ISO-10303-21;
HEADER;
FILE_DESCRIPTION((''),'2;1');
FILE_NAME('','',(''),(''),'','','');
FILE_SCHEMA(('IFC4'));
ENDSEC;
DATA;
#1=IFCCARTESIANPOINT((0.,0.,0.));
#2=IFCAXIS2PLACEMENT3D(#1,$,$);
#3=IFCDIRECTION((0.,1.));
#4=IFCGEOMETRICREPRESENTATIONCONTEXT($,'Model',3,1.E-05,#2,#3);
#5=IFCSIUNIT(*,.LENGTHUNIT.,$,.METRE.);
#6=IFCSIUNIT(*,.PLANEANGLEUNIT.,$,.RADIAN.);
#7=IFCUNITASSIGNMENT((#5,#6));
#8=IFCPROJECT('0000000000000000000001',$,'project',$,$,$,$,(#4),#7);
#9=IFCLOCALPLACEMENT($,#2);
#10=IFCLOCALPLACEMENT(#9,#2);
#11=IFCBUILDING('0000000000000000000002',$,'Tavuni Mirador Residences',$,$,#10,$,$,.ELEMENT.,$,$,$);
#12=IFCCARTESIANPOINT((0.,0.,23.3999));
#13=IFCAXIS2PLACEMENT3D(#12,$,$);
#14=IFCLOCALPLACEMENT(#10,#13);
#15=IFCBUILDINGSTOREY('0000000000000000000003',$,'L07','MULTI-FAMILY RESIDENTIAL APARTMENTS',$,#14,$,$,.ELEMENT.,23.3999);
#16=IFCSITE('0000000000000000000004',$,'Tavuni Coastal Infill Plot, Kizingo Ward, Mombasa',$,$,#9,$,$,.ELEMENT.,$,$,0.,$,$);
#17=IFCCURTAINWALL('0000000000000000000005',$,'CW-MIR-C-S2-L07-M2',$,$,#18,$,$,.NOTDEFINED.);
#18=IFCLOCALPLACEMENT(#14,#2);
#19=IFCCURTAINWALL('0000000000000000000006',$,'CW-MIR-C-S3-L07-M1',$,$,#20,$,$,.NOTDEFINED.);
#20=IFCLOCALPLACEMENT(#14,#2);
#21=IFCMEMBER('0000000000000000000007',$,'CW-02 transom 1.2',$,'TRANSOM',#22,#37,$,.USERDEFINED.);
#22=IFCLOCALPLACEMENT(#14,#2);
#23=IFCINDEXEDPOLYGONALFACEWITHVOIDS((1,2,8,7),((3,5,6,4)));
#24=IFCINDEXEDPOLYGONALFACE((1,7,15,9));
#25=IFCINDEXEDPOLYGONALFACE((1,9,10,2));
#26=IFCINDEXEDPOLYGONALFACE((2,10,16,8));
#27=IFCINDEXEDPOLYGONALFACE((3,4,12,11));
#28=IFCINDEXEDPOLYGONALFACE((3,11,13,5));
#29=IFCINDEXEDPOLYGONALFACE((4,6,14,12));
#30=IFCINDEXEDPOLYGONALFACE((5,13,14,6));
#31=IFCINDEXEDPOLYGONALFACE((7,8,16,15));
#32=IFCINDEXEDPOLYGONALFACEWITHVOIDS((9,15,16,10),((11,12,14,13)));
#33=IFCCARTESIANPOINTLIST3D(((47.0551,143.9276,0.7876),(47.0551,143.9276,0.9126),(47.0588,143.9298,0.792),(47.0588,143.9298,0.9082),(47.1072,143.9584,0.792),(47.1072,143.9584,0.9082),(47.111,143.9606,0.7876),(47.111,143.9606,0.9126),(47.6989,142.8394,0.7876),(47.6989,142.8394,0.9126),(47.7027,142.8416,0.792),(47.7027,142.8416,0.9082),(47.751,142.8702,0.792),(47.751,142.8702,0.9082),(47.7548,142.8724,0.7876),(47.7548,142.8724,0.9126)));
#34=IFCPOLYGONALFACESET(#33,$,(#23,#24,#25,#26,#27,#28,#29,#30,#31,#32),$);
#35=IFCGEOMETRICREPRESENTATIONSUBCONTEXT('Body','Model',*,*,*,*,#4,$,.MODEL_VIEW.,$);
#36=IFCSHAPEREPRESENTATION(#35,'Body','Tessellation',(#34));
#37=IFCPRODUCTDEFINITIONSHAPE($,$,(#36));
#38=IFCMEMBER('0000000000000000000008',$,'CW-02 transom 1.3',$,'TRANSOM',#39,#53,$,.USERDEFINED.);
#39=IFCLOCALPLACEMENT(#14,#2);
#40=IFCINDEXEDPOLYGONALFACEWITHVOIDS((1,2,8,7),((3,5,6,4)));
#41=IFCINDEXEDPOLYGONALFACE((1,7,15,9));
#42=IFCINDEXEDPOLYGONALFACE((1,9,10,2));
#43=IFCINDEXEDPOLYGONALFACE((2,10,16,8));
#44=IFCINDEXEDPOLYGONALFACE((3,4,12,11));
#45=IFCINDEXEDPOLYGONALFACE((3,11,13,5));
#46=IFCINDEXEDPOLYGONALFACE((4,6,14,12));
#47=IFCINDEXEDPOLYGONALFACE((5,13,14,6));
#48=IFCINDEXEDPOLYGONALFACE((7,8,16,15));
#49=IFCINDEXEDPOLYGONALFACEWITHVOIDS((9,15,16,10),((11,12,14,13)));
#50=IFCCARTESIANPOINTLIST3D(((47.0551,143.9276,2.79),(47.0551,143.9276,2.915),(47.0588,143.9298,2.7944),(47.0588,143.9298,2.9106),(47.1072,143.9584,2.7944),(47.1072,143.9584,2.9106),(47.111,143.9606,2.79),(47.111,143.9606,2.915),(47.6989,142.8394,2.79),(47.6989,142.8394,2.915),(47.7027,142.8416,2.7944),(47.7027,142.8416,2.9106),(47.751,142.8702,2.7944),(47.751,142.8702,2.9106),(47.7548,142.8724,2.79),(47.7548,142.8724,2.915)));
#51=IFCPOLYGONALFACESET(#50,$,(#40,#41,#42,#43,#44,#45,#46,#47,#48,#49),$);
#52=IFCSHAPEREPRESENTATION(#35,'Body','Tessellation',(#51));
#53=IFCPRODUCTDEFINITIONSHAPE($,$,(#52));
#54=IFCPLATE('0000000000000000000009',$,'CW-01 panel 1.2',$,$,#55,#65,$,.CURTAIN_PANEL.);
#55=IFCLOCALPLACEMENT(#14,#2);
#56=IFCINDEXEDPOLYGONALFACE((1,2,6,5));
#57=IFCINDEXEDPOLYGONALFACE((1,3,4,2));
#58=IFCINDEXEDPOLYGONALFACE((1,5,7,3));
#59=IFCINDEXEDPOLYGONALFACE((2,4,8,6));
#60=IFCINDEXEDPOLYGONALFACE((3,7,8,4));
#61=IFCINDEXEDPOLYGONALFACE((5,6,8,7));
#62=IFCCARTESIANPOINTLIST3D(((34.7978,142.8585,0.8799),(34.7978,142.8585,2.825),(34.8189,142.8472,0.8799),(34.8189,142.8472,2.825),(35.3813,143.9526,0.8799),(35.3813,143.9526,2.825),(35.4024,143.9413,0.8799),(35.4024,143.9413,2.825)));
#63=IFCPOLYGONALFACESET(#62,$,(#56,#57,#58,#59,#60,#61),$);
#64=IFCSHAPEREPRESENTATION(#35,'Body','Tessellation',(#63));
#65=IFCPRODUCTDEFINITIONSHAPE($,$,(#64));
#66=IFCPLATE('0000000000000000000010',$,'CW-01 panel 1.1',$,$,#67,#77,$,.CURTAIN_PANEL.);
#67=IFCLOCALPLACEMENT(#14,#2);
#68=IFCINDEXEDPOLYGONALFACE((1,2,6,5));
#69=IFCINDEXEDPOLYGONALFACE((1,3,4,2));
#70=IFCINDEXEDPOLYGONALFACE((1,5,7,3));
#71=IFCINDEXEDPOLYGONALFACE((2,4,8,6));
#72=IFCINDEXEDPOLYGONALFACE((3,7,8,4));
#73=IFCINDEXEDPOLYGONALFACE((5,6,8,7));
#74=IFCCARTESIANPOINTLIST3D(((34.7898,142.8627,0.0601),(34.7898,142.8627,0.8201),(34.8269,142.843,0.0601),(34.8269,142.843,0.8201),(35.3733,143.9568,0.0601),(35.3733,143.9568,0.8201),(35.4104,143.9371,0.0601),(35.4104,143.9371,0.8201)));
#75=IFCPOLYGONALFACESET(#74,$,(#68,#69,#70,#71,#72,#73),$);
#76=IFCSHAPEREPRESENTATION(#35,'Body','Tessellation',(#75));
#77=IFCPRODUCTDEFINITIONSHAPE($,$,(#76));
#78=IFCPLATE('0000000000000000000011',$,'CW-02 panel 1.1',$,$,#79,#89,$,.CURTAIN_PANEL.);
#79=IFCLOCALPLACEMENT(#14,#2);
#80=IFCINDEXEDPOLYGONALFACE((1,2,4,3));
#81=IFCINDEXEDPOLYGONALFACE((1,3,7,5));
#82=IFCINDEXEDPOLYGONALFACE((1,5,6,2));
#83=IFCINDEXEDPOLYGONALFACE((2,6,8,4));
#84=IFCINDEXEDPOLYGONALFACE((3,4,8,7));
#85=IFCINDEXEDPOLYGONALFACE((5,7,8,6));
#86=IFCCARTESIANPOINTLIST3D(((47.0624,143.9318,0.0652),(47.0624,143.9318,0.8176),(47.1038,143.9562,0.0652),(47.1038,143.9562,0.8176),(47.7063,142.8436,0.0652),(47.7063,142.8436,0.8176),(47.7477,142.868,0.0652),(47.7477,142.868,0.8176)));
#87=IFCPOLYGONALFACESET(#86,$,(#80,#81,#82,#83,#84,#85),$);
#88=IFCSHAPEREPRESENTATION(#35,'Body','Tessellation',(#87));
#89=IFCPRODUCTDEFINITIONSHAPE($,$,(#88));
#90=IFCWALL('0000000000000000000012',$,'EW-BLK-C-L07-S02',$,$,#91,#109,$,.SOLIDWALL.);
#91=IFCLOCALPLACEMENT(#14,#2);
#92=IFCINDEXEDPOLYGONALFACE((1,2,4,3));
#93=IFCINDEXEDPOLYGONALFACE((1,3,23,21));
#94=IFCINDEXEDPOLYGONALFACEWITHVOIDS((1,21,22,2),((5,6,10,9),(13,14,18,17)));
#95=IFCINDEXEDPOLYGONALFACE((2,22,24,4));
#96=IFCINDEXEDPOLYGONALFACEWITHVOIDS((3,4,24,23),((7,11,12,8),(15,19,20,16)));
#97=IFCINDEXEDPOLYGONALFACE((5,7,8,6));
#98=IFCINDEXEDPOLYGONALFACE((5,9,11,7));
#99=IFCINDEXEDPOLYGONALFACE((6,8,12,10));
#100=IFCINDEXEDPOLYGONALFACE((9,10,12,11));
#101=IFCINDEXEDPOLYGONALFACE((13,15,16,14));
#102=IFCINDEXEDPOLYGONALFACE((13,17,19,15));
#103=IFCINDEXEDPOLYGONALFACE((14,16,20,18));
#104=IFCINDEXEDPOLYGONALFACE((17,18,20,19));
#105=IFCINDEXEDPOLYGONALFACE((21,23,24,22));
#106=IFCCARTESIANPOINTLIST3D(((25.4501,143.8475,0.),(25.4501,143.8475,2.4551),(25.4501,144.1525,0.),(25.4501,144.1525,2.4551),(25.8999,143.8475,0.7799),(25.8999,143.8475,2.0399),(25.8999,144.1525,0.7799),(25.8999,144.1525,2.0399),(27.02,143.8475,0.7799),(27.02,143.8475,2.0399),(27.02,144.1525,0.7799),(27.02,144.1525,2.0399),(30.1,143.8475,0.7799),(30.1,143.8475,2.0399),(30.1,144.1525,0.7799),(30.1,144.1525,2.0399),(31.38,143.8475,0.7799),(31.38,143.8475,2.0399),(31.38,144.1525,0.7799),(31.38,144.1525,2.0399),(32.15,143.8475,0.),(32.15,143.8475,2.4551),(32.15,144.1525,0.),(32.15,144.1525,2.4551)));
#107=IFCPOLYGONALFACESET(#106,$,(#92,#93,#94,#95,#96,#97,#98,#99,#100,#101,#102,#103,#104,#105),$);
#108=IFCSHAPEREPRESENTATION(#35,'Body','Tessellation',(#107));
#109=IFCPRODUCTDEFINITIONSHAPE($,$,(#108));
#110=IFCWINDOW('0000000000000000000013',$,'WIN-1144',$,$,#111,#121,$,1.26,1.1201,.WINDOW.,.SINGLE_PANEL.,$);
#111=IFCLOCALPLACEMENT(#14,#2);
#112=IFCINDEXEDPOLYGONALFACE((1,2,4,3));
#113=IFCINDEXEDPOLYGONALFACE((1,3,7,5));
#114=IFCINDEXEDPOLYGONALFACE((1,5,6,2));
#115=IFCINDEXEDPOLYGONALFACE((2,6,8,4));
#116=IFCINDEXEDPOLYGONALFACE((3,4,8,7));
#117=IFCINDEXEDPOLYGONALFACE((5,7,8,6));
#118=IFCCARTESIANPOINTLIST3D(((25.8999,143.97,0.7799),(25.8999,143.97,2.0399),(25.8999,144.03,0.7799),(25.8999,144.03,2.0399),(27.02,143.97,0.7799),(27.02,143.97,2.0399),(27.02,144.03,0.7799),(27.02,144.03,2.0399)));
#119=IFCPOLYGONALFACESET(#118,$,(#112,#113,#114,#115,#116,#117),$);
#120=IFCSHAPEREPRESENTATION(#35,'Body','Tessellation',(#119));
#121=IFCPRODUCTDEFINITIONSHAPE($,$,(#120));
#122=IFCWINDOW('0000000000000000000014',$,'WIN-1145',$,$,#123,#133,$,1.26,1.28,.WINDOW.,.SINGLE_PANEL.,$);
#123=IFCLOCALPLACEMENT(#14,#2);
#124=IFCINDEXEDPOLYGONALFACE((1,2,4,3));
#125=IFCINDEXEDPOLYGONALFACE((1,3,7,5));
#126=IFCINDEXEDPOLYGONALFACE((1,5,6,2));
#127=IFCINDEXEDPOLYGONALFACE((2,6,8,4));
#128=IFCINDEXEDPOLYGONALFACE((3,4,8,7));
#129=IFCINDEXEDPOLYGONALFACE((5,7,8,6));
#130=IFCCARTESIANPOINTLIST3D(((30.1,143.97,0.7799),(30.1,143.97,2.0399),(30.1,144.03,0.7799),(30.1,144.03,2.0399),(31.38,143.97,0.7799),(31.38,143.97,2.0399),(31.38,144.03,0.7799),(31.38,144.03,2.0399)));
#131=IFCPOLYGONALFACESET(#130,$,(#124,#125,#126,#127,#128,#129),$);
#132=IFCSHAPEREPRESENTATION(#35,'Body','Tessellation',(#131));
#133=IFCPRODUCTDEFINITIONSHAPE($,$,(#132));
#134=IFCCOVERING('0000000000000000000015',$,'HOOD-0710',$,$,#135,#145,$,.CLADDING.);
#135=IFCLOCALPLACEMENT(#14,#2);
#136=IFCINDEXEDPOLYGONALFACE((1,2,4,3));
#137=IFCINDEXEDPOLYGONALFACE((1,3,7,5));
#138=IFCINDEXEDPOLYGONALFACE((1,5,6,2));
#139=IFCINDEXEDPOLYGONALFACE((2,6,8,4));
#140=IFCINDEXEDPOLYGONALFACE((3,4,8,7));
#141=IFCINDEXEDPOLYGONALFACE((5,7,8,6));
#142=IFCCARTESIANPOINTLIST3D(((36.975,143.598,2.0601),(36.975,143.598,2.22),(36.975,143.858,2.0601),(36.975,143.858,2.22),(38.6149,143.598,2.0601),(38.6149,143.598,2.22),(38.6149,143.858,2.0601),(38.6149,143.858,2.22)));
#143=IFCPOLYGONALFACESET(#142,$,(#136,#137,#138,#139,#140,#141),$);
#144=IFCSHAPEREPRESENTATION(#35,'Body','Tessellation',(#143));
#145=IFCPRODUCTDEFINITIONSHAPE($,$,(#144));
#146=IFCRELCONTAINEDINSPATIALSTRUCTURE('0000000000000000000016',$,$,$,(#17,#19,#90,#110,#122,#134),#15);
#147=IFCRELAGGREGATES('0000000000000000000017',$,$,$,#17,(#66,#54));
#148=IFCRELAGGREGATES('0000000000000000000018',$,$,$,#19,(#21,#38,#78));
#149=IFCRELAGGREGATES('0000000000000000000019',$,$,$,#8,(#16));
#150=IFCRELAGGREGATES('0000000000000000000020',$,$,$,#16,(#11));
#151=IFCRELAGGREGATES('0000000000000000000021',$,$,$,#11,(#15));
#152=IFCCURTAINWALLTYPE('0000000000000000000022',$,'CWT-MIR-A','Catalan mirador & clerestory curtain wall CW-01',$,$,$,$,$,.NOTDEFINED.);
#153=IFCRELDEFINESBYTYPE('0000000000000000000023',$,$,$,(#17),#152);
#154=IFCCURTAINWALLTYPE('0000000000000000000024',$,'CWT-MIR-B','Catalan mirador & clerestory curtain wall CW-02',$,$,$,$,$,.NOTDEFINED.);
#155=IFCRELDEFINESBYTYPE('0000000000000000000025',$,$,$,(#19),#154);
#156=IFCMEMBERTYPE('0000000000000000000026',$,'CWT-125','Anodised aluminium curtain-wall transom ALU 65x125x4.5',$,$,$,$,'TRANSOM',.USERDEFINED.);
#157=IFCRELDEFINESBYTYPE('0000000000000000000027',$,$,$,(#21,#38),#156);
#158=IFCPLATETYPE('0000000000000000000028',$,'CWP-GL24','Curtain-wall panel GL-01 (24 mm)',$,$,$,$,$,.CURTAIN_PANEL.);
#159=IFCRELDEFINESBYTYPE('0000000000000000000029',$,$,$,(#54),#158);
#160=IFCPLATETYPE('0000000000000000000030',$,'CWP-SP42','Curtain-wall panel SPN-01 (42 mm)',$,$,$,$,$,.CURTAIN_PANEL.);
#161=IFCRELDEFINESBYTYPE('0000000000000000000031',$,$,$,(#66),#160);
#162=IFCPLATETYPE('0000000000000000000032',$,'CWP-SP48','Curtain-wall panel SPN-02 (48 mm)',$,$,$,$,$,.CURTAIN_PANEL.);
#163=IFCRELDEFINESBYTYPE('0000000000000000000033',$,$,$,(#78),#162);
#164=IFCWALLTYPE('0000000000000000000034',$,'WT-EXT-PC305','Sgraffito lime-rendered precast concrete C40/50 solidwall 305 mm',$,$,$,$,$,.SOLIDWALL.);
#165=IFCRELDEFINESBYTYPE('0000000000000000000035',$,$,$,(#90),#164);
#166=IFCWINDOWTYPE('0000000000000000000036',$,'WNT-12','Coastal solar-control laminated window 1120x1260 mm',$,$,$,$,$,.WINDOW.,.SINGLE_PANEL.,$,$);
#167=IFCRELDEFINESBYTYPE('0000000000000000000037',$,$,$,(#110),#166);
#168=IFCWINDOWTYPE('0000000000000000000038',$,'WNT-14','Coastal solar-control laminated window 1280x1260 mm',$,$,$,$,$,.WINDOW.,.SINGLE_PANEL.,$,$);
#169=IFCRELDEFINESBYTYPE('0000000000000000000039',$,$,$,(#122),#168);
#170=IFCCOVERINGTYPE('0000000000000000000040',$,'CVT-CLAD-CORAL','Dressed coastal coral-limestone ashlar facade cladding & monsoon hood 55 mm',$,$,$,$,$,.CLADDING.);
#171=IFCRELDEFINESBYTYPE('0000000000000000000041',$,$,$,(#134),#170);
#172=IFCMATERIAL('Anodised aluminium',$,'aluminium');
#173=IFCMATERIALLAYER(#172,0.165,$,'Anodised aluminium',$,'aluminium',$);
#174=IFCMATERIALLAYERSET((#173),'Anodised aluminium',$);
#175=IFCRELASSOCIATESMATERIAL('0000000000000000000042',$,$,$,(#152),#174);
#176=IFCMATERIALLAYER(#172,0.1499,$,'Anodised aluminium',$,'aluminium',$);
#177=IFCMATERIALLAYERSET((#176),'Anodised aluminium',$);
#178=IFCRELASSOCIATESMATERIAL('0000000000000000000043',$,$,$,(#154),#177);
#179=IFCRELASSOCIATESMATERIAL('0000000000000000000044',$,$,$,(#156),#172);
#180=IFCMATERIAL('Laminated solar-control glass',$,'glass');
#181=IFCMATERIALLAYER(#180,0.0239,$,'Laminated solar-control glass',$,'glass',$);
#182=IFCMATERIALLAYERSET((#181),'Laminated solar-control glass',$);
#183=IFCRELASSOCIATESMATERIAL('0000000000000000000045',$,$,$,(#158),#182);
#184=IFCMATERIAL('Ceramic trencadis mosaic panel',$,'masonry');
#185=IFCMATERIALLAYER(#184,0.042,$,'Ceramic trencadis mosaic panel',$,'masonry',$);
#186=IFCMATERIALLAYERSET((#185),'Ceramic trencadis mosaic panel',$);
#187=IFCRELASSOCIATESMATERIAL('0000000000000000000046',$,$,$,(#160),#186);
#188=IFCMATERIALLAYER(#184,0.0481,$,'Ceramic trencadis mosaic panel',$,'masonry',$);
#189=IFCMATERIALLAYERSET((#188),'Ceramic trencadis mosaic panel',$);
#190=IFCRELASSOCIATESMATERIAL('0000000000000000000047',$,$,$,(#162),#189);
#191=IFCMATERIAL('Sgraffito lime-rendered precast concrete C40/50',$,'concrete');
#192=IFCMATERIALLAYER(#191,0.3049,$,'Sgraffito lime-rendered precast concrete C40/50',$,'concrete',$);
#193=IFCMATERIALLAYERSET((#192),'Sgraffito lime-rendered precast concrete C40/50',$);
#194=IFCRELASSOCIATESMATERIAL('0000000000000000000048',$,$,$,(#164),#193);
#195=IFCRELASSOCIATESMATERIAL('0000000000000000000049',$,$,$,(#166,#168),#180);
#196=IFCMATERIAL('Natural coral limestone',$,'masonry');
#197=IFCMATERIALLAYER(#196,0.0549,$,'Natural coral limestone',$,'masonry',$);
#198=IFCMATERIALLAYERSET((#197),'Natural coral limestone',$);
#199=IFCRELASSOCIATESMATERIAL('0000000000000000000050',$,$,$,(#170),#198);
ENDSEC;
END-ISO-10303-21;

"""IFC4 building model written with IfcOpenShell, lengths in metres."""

from ifc_helpers import new_model, si_unit, direction, frame, frame_2d, origin, origin_2d, place, context, subcontext, project, spatial, rectangle, hollow_rectangle, extrude, material, layer, layer_set, material_profile, profile_set, type_object, element, fill, aggregate, save


model = new_model("IFC4")

# Units and contexts
model_context = context("Model", 3, precision=1e-05, world=origin(), true_north=direction((0.0, 1.0)))
body_context = subcontext(model_context, "Body", "Model", "MODEL_VIEW")
ifc_project = project(units=[si_unit("LENGTHUNIT", "METRE"), si_unit("PLANEANGLEUNIT", "RADIAN")], contexts=[model_context])

# Site, building, storey
site_placement = place(None, origin())
site = spatial("IfcSite", under=ifc_project, at=site_placement, Name="Tavuni Coastal Infill Plot, Kizingo Ward, Mombasa", CompositionType="ELEMENT", RefElevation=0.0)
building_placement = place(site_placement, origin())
building = spatial("IfcBuilding", under=site, at=building_placement, Name="Tavuni Mirador Residences", CompositionType="ELEMENT")
storey_placement = place(building_placement, frame((0.0, 0.0, 23.3999)))
storey = spatial("IfcBuildingStorey", under=building, at=storey_placement, Name="L07", Description="MULTI-FAMILY RESIDENTIAL APARTMENTS", CompositionType="ELEMENT", Elevation=23.3999)

# Curtain walls
ifc_material_1 = material(Name="Anodised aluminium", Category="aluminium")
ifc_layer_1 = layer(ifc_material_1, 0.165, Name="Anodised aluminium", Category="aluminium")
ifc_layer_set_1 = layer_set([ifc_layer_1], Name="Anodised aluminium")
curtain_wall_type_1 = type_object("IfcCurtainWallType", Name="CWT-MIR-A", Description="Catalan mirador & clerestory curtain wall CW-01", PredefinedType="NOTDEFINED", material=ifc_layer_set_1)
curtain_wall_1_placement = place(storey_placement, origin())
curtain_wall_1 = element("IfcCurtainWall", 1, at=curtain_wall_1_placement, inside=storey, type_object=curtain_wall_type_1, Name="CW-MIR-C-S2-L07-M2", PredefinedType="NOTDEFINED")
ifc_layer_2 = layer(ifc_material_1, 0.1499, Name="Anodised aluminium", Category="aluminium")
ifc_layer_set_2 = layer_set([ifc_layer_2], Name="Anodised aluminium")
curtain_wall_type_2 = type_object("IfcCurtainWallType", Name="CWT-MIR-B", Description="Catalan mirador & clerestory curtain wall CW-02", PredefinedType="NOTDEFINED", material=ifc_layer_set_2)
curtain_wall_2_placement = place(storey_placement, origin())
curtain_wall_2 = element("IfcCurtainWall", 2, at=curtain_wall_2_placement, inside=storey, type_object=curtain_wall_type_2, Name="CW-MIR-C-S3-L07-M1", PredefinedType="NOTDEFINED")

# Members
ifc_material_profile_1 = material_profile(ifc_material_1, hollow_rectangle(XDim=0.0649, YDim=0.125, WallThickness=0.0044, at=origin_2d()), Name="ALU 65x125x4.5", Category="aluminium")
ifc_profile_set_1 = profile_set([ifc_material_profile_1], Name="Anodised aluminium")
member_type_1 = type_object("IfcMemberType", Name="CWT-125", Description="Anodised aluminium curtain-wall transom ALU 65x125x4.5", ElementType="TRANSOM", PredefinedType="USERDEFINED", material=ifc_profile_set_1)
member_1_placement = place(storey_placement, frame((47.083, 143.9441, 0.8501), z_axis=(0.509204, -0.860646, 0.0), x_axis=(0.860646, 0.509204, 0.0)))
member_1 = element("IfcMember", 3, at=member_1_placement, type_object=member_type_1, Name="CW-02 transom 1.2", ObjectType="TRANSOM", PredefinedType="USERDEFINED", context=body_context, shape_type="SweptSolid", body=[
    extrude(hollow_rectangle(XDim=0.0649, YDim=0.125, WallThickness=0.0044, at=origin_2d()), origin(), (0.0, 0.0, 1.0), 1.2644),
])
member_2_placement = place(storey_placement, frame((47.083, 143.9441, 2.8525), z_axis=(0.509204, -0.860646, 0.0), x_axis=(0.860646, 0.509204, 0.0)))
member_2 = element("IfcMember", 4, at=member_2_placement, type_object=member_type_1, Name="CW-02 transom 1.3", ObjectType="TRANSOM", PredefinedType="USERDEFINED", context=body_context, shape_type="SweptSolid", body=[
    extrude(hollow_rectangle(XDim=0.0649, YDim=0.125, WallThickness=0.0044, at=origin_2d()), origin(), (0.0, 0.0, 1.0), 1.2644),
])

# Plates
ifc_material_2 = material(Name="Laminated solar-control glass", Category="glass")
ifc_layer_3 = layer(ifc_material_2, 0.0239, Name="Laminated solar-control glass", Category="glass")
ifc_layer_set_3 = layer_set([ifc_layer_3], Name="Laminated solar-control glass")
plate_type_1 = type_object("IfcPlateType", Name="CWP-GL24", Description="Curtain-wall panel GL-01 (24 mm)", PredefinedType="CURTAIN_PANEL", material=ifc_layer_set_3)
plate_1_placement = place(storey_placement, frame((35.1001, 143.3999, 0.8799), z_axis=(0.0, 0.0, 1.0), x_axis=(0.470588, 0.882353, 0.0)))
plate_1 = element("IfcPlate", 5, at=plate_1_placement, type_object=plate_type_1, Name="CW-01 panel 1.2", PredefinedType="CURTAIN_PANEL", context=body_context, shape_type="SweptSolid", body=[
    extrude(rectangle(XDim=1.24, YDim=0.0239, at=origin_2d()), origin(), (0.0, 0.0, 1.0), 1.9451),
])
ifc_material_3 = material(Name="Ceramic trencadis mosaic panel", Category="masonry")
ifc_layer_4 = layer(ifc_material_3, 0.042, Name="Ceramic trencadis mosaic panel", Category="masonry")
ifc_layer_set_4 = layer_set([ifc_layer_4], Name="Ceramic trencadis mosaic panel")
plate_type_2 = type_object("IfcPlateType", Name="CWP-SP42", Description="Curtain-wall panel SPN-01 (42 mm)", PredefinedType="CURTAIN_PANEL", material=ifc_layer_set_4)
plate_2_placement = place(storey_placement, frame((35.1001, 143.3999, 0.0601), z_axis=(0.0, 0.0, 1.0), x_axis=(0.470588, 0.882353, 0.0)))
plate_2 = element("IfcPlate", 6, at=plate_2_placement, type_object=plate_type_2, Name="CW-01 panel 1.1", PredefinedType="CURTAIN_PANEL", context=body_context, shape_type="SweptSolid", body=[
    extrude(rectangle(XDim=1.24, YDim=0.042, at=origin_2d()), origin(), (0.0, 0.0, 1.0), 0.76),
])
aggregate(curtain_wall_1, [plate_2, plate_1])
ifc_layer_5 = layer(ifc_material_3, 0.0481, Name="Ceramic trencadis mosaic panel", Category="masonry")
ifc_layer_set_5 = layer_set([ifc_layer_5], Name="Ceramic trencadis mosaic panel")
plate_type_3 = type_object("IfcPlateType", Name="CWP-SP48", Description="Curtain-wall panel SPN-02 (48 mm)", PredefinedType="CURTAIN_PANEL", material=ifc_layer_set_5)
plate_3_placement = place(storey_placement, frame((47.405, 143.3999, 0.0652), z_axis=(0.0, 0.0, 1.0), x_axis=(0.509212, -0.860641, 0.0)))
plate_3 = element("IfcPlate", 7, at=plate_3_placement, type_object=plate_type_3, Name="CW-02 panel 1.1", PredefinedType="CURTAIN_PANEL", context=body_context, shape_type="SweptSolid", body=[
    extrude(rectangle(XDim=1.2644, YDim=0.0481, at=origin_2d()), origin(), (0.0, 0.0, 1.0), 0.7524),
])
aggregate(curtain_wall_2, [member_1, member_2, plate_3])

# Wall, openings, windows
ifc_material_4 = material(Name="Sgraffito lime-rendered precast concrete C40/50", Category="concrete")
ifc_layer_6 = layer(ifc_material_4, 0.3049, Name="Sgraffito lime-rendered precast concrete C40/50", Category="concrete")
ifc_layer_set_6 = layer_set([ifc_layer_6], Name="Sgraffito lime-rendered precast concrete C40/50")
wall_type = type_object("IfcWallType", Name="WT-EXT-PC305", Description="Sgraffito lime-rendered precast concrete C40/50 solidwall 305 mm", PredefinedType="SOLIDWALL", material=ifc_layer_set_6)
wall_placement = place(storey_placement, frame((25.45, 144.0, 0.0), z_axis=(0.0, 0.0, 1.0), x_axis=(1.0, 0.0, 0.0)))
wall = element("IfcWall", 8, at=wall_placement, inside=storey, type_object=wall_type, Name="EW-BLK-C-L07-S02", PredefinedType="SOLIDWALL", context=body_context, shape_type="SweptSolid", body=[
    extrude(rectangle(XDim=6.7, YDim=0.3049, at=frame_2d((3.3501, 0.0))), origin(), (0.0, 0.0, 1.0), 2.4551),
])
opening_1_placement = place(wall_placement, frame((0.45, 0.0, 0.78)))
opening_1 = element("IfcOpeningElement", 9, at=opening_1_placement, cuts=wall, PredefinedType="OPENING", context=body_context, shape_type="SweptSolid", body=[
    extrude(rectangle(XDim=1.1201, YDim=1.26, at=frame_2d((0.5601, 0.6299))), frame((0.0, 0.1626, 0.0), z_axis=(0.0, -1.0, 0.0), x_axis=(1.0, 0.0, 0.0)), (0.0, 0.0, 1.0), 0.325),
])
opening_2_placement = place(wall_placement, frame((4.6499, 0.0, 0.78)))
opening_2 = element("IfcOpeningElement", 10, at=opening_2_placement, cuts=wall, PredefinedType="OPENING", context=body_context, shape_type="SweptSolid", body=[
    extrude(rectangle(XDim=1.28, YDim=1.26, at=frame_2d((0.6401, 0.6299))), frame((0.0, 0.1626, 0.0), z_axis=(0.0, -1.0, 0.0), x_axis=(1.0, 0.0, 0.0)), (0.0, 0.0, 1.0), 0.325),
])
window_type_1 = type_object("IfcWindowType", Name="WNT-12", Description="Coastal solar-control laminated window 1120x1260 mm", PartitioningType="SINGLE_PANEL", PredefinedType="WINDOW", material=ifc_material_2)
window_1_placement = place(opening_1_placement, origin())
window_1 = element("IfcWindow", 11, at=window_1_placement, inside=storey, type_object=window_type_1, Name="WIN-1144", OverallHeight=1.26, OverallWidth=1.1201, PartitioningType="SINGLE_PANEL", PredefinedType="WINDOW", context=body_context, shape_type="SweptSolid", body=[
    extrude(rectangle(XDim=1.1201, YDim=1.26, at=frame_2d((0.5601, 0.6299))), frame((0.0, 0.03, 0.0), z_axis=(0.0, -1.0, 0.0), x_axis=(1.0, 0.0, 0.0)), (0.0, 0.0, 1.0), 0.0601),
])
fill(opening_1, window_1)
window_type_2 = type_object("IfcWindowType", Name="WNT-14", Description="Coastal solar-control laminated window 1280x1260 mm", PartitioningType="SINGLE_PANEL", PredefinedType="WINDOW", material=ifc_material_2)
window_2_placement = place(opening_2_placement, origin())
window_2 = element("IfcWindow", 12, at=window_2_placement, inside=storey, type_object=window_type_2, Name="WIN-1145", OverallHeight=1.26, OverallWidth=1.28, PartitioningType="SINGLE_PANEL", PredefinedType="WINDOW", context=body_context, shape_type="SweptSolid", body=[
    extrude(rectangle(XDim=1.28, YDim=1.26, at=frame_2d((0.6401, 0.6299))), frame((0.0, 0.03, 0.0), z_axis=(0.0, -1.0, 0.0), x_axis=(1.0, 0.0, 0.0)), (0.0, 0.0, 1.0), 0.0601),
])
fill(opening_2, window_2)

# Covering
ifc_material_5 = material(Name="Natural coral limestone", Category="masonry")
ifc_layer_7 = layer(ifc_material_5, 0.0549, Name="Natural coral limestone", Category="masonry")
ifc_layer_set_7 = layer_set([ifc_layer_7], Name="Natural coral limestone")
covering_type = type_object("IfcCoveringType", Name="CVT-CLAD-CORAL", Description="Dressed coastal coral-limestone ashlar facade cladding & monsoon hood 55 mm", PredefinedType="CLADDING", material=ifc_layer_set_7)
covering_placement = place(storey_placement, frame((37.7949, 143.728, 2.0601), z_axis=(0.0, 0.0, 1.0), x_axis=(1.0, 0.0, 0.0)))
element("IfcCovering", 13, at=covering_placement, inside=storey, type_object=covering_type, Name="HOOD-0710", PredefinedType="CLADDING", context=body_context, shape_type="SweptSolid", body=[
    extrude(rectangle(XDim=1.6399, YDim=0.26, at=origin_2d()), origin(), (0.0, 0.0, 1.0), 0.1599),
])

save(model, "model.ifc")
